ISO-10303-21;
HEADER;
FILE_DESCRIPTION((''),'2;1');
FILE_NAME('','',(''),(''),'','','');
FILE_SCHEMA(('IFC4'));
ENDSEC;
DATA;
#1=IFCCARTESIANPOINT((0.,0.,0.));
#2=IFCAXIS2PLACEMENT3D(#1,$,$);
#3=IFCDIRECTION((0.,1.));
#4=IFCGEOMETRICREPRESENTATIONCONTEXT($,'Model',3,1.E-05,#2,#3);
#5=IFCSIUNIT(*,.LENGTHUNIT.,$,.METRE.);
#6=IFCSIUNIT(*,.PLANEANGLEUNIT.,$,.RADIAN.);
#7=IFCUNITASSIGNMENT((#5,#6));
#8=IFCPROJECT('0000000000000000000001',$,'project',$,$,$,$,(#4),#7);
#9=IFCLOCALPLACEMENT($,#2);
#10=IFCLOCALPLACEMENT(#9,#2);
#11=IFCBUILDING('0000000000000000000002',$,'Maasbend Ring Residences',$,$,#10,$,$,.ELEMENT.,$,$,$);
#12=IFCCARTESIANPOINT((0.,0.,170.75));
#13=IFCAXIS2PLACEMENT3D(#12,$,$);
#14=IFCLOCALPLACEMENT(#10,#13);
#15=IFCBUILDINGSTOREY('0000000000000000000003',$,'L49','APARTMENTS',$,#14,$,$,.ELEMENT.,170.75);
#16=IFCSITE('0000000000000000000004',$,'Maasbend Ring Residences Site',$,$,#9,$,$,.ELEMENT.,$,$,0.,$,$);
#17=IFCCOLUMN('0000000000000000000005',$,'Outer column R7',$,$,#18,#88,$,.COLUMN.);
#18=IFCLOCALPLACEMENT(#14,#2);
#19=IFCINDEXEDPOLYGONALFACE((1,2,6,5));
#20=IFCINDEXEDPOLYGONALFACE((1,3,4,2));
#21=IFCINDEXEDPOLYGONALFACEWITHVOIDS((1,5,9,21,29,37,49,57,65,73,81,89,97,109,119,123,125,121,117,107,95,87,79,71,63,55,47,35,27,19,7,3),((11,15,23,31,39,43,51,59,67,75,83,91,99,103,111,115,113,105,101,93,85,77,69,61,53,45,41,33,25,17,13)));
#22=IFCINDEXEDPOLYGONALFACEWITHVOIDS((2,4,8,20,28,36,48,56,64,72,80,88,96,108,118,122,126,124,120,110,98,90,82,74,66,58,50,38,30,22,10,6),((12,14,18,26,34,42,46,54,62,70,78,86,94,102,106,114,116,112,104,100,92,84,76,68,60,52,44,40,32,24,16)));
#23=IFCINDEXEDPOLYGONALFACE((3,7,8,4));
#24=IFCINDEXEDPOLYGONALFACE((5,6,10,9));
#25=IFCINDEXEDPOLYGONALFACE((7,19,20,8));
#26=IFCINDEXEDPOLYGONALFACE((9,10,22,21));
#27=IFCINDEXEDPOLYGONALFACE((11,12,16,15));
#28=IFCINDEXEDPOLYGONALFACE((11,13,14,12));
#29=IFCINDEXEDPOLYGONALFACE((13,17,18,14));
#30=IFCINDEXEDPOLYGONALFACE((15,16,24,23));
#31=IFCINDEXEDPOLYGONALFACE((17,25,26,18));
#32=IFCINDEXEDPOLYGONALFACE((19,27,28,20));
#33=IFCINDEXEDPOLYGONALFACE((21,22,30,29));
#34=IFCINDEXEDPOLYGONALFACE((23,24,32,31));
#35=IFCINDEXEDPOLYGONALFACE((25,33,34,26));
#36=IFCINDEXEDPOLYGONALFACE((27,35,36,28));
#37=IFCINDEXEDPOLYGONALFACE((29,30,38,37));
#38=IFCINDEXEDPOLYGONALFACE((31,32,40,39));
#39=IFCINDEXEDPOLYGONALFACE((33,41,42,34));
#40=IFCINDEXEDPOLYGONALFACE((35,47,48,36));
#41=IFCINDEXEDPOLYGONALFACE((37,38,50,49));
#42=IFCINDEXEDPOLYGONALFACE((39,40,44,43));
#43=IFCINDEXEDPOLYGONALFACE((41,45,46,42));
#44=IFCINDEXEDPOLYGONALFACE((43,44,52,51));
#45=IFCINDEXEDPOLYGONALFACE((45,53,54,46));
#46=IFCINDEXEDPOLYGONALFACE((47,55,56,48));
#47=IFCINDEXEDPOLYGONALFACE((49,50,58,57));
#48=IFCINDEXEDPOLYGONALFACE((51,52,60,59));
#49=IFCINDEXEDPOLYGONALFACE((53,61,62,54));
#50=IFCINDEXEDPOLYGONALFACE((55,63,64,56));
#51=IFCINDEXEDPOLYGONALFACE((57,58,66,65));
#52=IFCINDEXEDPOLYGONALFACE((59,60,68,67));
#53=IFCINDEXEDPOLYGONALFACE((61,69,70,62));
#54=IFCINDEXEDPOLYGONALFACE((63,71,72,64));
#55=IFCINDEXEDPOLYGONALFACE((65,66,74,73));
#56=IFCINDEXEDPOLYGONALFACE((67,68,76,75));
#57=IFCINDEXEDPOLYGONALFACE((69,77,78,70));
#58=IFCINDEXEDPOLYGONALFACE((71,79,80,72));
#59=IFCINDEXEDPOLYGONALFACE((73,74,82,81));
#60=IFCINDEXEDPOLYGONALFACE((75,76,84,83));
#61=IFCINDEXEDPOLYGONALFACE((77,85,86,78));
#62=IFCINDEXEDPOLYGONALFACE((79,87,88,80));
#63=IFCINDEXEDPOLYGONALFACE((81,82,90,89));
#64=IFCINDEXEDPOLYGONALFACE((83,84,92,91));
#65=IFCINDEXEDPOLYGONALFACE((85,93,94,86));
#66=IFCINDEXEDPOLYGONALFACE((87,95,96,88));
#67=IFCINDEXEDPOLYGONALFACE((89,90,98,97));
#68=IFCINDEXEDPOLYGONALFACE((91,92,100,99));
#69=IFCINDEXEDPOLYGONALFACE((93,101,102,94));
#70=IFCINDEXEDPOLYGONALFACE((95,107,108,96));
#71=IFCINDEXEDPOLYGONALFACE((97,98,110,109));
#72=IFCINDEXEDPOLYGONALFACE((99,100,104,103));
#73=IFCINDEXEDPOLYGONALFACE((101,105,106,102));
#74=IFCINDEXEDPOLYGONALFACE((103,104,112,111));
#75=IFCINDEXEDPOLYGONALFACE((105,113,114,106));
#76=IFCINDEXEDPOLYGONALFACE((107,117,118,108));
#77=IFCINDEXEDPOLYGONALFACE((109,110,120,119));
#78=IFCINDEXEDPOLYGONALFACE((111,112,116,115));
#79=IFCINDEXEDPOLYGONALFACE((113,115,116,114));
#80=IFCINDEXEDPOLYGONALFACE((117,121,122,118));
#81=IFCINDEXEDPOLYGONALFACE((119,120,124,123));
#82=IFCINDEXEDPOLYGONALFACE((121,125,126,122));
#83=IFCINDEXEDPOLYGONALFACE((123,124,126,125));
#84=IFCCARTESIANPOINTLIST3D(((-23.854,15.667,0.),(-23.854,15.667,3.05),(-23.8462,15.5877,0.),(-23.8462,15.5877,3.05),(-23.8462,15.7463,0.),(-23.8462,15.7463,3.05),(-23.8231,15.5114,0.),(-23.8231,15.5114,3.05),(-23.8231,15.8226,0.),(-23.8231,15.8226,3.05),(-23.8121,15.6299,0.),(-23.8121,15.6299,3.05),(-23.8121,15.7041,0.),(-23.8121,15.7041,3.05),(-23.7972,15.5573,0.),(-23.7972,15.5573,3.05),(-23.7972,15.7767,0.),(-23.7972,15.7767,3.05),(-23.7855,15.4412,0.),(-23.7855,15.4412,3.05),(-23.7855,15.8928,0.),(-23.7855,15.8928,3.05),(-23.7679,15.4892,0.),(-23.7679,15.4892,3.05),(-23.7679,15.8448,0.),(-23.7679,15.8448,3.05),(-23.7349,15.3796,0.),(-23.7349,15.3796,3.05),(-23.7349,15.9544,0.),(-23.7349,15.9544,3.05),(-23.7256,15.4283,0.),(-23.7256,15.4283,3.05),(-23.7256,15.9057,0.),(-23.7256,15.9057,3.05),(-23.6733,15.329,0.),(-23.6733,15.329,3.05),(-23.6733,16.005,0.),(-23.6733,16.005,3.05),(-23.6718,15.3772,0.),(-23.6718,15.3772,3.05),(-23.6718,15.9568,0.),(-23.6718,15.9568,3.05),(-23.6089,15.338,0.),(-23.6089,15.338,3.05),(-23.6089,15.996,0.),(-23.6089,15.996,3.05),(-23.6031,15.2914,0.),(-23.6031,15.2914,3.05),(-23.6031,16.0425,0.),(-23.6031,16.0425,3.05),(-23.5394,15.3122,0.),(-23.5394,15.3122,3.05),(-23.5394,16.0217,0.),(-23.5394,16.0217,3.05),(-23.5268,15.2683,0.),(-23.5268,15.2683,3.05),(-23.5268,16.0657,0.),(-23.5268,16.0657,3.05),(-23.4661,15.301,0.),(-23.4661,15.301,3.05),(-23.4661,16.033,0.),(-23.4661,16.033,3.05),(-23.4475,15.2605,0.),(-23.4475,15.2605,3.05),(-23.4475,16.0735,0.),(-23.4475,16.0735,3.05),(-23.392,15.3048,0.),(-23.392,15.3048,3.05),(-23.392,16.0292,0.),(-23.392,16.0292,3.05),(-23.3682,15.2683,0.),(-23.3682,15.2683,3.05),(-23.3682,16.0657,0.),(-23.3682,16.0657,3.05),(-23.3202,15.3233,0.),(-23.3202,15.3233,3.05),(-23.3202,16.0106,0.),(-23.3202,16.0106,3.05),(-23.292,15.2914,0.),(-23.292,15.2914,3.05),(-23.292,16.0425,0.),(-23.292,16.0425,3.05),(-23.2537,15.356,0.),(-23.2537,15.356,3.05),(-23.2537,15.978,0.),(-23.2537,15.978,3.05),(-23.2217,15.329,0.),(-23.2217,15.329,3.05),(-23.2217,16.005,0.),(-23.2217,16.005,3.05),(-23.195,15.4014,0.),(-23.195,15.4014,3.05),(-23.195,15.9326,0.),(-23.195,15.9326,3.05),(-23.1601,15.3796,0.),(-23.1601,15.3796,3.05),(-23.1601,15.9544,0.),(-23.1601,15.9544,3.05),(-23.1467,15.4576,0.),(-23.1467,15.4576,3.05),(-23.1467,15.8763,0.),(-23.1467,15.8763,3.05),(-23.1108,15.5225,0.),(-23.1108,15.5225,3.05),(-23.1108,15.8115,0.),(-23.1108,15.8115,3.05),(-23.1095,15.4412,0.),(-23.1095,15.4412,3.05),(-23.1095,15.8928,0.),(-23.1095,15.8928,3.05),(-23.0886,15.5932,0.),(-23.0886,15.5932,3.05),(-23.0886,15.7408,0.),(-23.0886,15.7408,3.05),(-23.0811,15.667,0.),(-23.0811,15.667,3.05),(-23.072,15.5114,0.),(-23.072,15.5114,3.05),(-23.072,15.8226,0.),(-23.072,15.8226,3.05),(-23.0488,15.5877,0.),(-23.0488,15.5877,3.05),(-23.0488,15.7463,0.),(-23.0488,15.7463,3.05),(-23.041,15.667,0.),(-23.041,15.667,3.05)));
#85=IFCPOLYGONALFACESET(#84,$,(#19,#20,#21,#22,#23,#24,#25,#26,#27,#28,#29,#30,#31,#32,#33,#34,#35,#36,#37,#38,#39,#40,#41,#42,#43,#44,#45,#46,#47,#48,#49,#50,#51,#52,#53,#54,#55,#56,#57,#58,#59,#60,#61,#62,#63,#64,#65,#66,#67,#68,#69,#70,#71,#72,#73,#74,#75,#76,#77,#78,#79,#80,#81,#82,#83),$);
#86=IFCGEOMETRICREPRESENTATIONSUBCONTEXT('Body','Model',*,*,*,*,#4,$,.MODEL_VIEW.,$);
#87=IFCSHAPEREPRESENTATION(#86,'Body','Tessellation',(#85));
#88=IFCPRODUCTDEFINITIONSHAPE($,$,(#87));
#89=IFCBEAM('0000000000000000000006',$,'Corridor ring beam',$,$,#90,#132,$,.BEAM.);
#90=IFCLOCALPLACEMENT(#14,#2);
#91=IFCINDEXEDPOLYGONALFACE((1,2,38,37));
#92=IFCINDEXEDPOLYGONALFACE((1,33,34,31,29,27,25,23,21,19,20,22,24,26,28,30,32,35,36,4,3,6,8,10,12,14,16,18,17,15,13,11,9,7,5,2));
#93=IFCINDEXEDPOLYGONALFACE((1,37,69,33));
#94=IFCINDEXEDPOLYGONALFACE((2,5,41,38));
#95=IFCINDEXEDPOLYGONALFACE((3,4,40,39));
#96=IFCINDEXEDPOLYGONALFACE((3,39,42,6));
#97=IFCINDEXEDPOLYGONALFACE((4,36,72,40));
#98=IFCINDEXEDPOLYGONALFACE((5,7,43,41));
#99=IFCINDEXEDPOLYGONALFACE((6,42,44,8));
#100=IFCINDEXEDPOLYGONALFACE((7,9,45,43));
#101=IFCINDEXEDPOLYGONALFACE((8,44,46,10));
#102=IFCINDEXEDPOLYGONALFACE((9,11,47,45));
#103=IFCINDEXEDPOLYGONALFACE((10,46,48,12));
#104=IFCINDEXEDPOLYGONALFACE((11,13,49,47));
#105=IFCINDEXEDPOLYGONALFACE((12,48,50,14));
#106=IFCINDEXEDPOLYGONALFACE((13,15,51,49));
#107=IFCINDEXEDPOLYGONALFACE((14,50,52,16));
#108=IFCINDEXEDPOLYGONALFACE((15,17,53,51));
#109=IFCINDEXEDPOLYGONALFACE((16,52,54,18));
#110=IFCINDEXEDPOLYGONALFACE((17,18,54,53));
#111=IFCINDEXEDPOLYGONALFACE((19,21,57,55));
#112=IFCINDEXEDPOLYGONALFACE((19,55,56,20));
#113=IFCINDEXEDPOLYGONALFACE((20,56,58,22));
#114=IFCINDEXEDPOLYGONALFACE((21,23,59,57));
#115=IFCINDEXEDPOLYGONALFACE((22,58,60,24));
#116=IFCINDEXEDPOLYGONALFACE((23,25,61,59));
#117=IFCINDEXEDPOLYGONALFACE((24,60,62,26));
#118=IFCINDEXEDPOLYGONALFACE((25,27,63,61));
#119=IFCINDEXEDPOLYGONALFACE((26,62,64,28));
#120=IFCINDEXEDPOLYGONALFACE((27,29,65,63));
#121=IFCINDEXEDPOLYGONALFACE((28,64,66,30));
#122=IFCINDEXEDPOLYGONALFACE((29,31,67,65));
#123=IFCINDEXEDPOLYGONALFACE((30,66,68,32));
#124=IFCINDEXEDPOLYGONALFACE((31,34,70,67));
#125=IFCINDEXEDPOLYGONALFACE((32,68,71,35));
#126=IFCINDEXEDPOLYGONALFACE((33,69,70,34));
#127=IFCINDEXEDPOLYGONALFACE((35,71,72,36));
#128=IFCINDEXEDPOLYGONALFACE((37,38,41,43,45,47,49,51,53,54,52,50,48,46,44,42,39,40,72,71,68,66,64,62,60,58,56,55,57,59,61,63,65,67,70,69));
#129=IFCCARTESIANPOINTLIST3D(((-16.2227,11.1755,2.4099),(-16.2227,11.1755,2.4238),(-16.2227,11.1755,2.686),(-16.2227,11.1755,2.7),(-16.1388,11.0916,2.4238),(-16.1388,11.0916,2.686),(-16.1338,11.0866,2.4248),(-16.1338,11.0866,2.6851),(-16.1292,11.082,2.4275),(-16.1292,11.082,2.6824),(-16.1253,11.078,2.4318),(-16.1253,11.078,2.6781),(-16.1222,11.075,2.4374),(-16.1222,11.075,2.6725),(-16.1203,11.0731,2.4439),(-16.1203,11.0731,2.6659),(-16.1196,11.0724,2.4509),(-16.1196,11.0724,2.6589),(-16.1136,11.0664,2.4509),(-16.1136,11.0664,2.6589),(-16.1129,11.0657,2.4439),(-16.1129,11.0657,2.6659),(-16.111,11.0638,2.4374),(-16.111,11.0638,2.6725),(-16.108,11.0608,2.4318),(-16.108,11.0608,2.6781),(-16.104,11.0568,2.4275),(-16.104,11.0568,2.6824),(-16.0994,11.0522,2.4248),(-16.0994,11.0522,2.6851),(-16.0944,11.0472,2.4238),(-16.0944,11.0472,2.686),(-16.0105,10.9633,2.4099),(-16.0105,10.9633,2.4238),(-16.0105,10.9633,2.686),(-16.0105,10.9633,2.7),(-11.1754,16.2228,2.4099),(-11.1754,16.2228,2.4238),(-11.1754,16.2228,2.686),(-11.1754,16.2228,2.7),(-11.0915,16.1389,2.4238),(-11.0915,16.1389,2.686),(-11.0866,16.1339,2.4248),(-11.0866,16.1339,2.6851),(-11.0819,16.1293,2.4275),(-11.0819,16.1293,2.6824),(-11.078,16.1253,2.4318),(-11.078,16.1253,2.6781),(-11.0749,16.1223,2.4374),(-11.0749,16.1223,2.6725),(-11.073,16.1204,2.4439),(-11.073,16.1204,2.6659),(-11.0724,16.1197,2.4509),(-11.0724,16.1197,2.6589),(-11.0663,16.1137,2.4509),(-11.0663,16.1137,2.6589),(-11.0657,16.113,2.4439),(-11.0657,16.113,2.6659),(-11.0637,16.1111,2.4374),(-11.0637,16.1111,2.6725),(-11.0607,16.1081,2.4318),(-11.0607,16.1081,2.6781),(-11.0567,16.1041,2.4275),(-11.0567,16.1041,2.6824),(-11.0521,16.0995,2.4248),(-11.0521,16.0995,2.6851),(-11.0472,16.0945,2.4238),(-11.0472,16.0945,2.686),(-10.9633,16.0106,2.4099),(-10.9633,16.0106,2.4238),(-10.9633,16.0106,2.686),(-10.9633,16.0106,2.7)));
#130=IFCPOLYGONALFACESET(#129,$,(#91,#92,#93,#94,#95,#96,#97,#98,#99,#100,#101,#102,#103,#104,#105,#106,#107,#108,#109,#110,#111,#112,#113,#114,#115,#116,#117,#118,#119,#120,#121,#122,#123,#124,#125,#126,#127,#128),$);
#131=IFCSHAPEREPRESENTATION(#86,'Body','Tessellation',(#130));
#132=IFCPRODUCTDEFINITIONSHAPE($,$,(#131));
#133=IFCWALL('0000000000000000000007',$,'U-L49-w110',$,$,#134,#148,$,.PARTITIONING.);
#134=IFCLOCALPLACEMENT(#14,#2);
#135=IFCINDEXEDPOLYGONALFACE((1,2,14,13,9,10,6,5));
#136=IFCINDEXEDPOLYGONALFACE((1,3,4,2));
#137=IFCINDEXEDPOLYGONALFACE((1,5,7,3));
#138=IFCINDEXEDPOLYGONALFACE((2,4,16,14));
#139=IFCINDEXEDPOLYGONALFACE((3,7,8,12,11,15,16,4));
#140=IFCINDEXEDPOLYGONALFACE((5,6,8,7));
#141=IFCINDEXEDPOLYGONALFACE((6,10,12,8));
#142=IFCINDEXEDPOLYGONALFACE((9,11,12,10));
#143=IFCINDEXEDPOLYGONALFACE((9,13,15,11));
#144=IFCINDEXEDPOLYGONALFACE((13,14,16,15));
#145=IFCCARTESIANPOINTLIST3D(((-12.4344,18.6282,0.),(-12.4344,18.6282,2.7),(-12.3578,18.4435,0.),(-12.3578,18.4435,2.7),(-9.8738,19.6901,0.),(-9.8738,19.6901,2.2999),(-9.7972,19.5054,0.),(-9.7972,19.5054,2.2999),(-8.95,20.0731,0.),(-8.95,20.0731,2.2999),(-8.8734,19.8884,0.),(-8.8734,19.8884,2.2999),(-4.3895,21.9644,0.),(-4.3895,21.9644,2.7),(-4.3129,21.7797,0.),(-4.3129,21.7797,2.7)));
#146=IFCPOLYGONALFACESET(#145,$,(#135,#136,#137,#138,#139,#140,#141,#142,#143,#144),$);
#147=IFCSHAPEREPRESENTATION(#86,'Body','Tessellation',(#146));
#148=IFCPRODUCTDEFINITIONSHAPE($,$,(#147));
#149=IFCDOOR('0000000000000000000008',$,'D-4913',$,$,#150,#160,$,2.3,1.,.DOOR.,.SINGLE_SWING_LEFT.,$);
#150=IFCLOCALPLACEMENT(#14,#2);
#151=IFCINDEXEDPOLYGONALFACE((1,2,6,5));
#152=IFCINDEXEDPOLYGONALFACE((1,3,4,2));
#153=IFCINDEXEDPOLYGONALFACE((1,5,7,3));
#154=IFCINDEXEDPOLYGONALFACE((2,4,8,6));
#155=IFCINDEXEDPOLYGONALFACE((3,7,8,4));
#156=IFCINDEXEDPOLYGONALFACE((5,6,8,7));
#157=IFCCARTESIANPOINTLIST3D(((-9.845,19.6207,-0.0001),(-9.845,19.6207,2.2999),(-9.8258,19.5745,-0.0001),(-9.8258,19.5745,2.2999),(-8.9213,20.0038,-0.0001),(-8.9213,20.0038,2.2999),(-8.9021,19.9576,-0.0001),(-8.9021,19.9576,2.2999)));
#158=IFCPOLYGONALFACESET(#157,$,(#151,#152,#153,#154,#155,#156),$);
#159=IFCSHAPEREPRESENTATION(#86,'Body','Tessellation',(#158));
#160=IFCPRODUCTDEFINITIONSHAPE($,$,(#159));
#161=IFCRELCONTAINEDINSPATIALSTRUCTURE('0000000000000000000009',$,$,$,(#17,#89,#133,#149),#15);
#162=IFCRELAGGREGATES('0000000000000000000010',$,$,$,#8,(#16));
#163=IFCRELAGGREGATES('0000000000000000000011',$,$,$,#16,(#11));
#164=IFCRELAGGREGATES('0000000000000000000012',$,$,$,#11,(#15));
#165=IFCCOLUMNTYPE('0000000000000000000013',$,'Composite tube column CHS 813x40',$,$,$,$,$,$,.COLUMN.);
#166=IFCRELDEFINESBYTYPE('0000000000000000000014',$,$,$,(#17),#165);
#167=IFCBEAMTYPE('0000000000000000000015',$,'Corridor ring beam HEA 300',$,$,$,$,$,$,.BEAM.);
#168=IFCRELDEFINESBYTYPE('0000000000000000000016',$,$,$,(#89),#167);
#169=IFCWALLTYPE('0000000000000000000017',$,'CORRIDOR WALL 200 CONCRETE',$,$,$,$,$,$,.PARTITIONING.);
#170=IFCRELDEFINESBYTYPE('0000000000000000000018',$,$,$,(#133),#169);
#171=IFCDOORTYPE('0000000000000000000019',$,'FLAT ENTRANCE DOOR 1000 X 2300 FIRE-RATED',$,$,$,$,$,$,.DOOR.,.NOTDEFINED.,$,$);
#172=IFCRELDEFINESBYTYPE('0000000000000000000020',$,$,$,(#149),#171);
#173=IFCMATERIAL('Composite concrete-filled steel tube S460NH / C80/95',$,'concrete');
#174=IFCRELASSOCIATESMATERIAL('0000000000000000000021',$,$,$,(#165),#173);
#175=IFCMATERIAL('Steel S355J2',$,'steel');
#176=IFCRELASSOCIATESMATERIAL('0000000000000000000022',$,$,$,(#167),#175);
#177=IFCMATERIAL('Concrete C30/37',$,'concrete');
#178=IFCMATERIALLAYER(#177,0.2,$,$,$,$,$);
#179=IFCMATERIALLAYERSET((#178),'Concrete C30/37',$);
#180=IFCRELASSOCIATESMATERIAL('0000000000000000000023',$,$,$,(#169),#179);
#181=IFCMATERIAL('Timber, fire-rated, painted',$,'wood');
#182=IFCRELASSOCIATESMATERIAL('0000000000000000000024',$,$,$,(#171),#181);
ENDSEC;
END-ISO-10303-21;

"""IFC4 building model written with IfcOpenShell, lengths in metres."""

from ifc_helpers import new_model, si_unit, direction, frame, frame_2d, origin, origin_2d, place, context, subcontext, project, spatial, rectangle, hollow_circle, i_section, extrude, material, layer, layer_set, material_profile, profile_set, type_object, element, fill, save


model = new_model("IFC4")

# Units and contexts
model_context = context("Model", 3, precision=1e-05, world=origin(), true_north=direction((0.0, 1.0)))
body_context = subcontext(model_context, "Body", "Model", "MODEL_VIEW")
ifc_project = project(units=[si_unit("LENGTHUNIT", "METRE"), si_unit("PLANEANGLEUNIT", "RADIAN")], contexts=[model_context])

# Site, building, storey
site_placement = place(None, origin())
site = spatial("IfcSite", under=ifc_project, at=site_placement, Name="Maasbend Ring Residences Site", CompositionType="ELEMENT", RefElevation=0.0)
building_placement = place(site_placement, origin())
building = spatial("IfcBuilding", under=site, at=building_placement, Name="Maasbend Ring Residences", CompositionType="ELEMENT")
storey_placement = place(building_placement, frame((0.0, 0.0, 170.75)))
storey = spatial("IfcBuildingStorey", under=building, at=storey_placement, Name="L49", Description="APARTMENTS", CompositionType="ELEMENT", Elevation=170.75)

# Column
ifc_material_1 = material(Name="Composite concrete-filled steel tube S460NH / C80/95", Category="concrete")
ifc_material_profile_1 = material_profile(ifc_material_1, hollow_circle(Radius=0.4065, WallThickness=0.04, at=origin_2d()), Name="Composite tube column CHS 813x40")
ifc_profile_set_1 = profile_set([ifc_material_profile_1], Name="Composite concrete-filled steel tube S460NH / C80/95")
column_type = type_object("IfcColumnType", Name="Composite tube column CHS 813x40", PredefinedType="COLUMN", material=ifc_profile_set_1)
column_placement = place(storey_placement, frame((-23.4475, 15.667, 0.0), z_axis=(0.0, 0.0, 1.0), x_axis=(1.0, 0.0, 0.0)))
element("IfcColumn", 1, at=column_placement, inside=storey, type_object=column_type, Name="Outer column R7", PredefinedType="COLUMN", context=body_context, shape_type="SweptSolid", body=[
    extrude(hollow_circle(Radius=0.4065, WallThickness=0.04, at=origin_2d()), origin(), (0.0, 0.0, 1.0), 3.05),
])

# Beam
ifc_material_2 = material(Name="Steel S355J2", Category="steel")
ifc_material_profile_2 = material_profile(ifc_material_2, i_section(OverallWidth=0.3, OverallDepth=0.29, WebThickness=0.0085, FlangeThickness=0.0139, FilletRadius=0.0271, at=origin_2d()), Name="HEA 300")
ifc_profile_set_2 = profile_set([ifc_material_profile_2], Name="Steel S355J2")
beam_type = type_object("IfcBeamType", Name="Corridor ring beam HEA 300", PredefinedType="BEAM", material=ifc_profile_set_2)
beam_placement = place(storey_placement, frame((-11.0693, 16.1167, 2.5549), z_axis=(-0.707107, -0.707107, 0.0), x_axis=(0.707107, -0.707107, 0.0)))
element("IfcBeam", 2, at=beam_placement, inside=storey, type_object=beam_type, Name="Corridor ring beam", PredefinedType="BEAM", context=body_context, shape_type="SweptSolid", body=[
    extrude(i_section(OverallWidth=0.3, OverallDepth=0.29, WebThickness=0.0085, FlangeThickness=0.0139, FilletRadius=0.0271, at=origin_2d()), origin(), (0.0, 0.0, 1.0), 7.1379),
])

# Wall, opening, door
ifc_material_3 = material(Name="Concrete C30/37", Category="concrete")
ifc_layer_1 = layer(ifc_material_3, 0.2)
ifc_layer_set_1 = layer_set([ifc_layer_1], Name="Concrete C30/37")
wall_type_1 = type_object("IfcWallType", Name="CORRIDOR WALL 200 CONCRETE", PredefinedType="PARTITIONING", material=ifc_layer_set_1)
wall_1_placement = place(storey_placement, frame((-12.396, 18.5359, 0.0), z_axis=(0.0, 0.0, 1.0), x_axis=(0.923723, 0.383062, 0.0)))
wall_1 = element("IfcWall", 3, at=wall_1_placement, inside=storey, type_object=wall_type_1, Name="U-L49-w110", PredefinedType="PARTITIONING", context=body_context, shape_type="SweptSolid", body=[
    extrude(rectangle(XDim=8.7092, YDim=0.2, at=frame_2d((4.3545, 0.0))), origin(), (0.0, 0.0, 1.0), 2.7),
])
opening_1_placement = place(wall_1_placement, frame((2.772, 0.0, 0.0)))
opening_1 = element("IfcOpeningElement", 4, at=opening_1_placement, cuts=wall_1, PredefinedType="OPENING", context=body_context, shape_type="SweptSolid", body=[
    extrude(rectangle(XDim=1.0, YDim=2.3, at=frame_2d((0.5, 1.1499))), frame((0.0, 0.1099, 0.0), z_axis=(0.0, -1.0, 0.0), x_axis=(1.0, 0.0, 0.0)), (0.0, 0.0, 1.0), 0.22),
])
ifc_material_4 = material(Name="Timber, fire-rated, painted", Category="wood")
door_type_1 = type_object("IfcDoorType", Name="FLAT ENTRANCE DOOR 1000 X 2300 FIRE-RATED", OperationType="NOTDEFINED", PredefinedType="DOOR", material=ifc_material_4)
door_1_placement = place(opening_1_placement, origin())
door_1 = element("IfcDoor", 5, at=door_1_placement, inside=storey, type_object=door_type_1, Name="D-4913", OperationType="SINGLE_SWING_LEFT", OverallHeight=2.3, OverallWidth=1.0, PredefinedType="DOOR", context=body_context, shape_type="SweptSolid", body=[
    extrude(rectangle(XDim=1.0, YDim=2.3, at=frame_2d((0.5, 1.1499))), frame((0.0, 0.0249, 0.0), z_axis=(0.0, -1.0, 0.0), x_axis=(1.0, 0.0, 0.0)), (0.0, 0.0, 1.0), 0.05),
])
fill(opening_1, door_1)

save(model, "model.ifc")
